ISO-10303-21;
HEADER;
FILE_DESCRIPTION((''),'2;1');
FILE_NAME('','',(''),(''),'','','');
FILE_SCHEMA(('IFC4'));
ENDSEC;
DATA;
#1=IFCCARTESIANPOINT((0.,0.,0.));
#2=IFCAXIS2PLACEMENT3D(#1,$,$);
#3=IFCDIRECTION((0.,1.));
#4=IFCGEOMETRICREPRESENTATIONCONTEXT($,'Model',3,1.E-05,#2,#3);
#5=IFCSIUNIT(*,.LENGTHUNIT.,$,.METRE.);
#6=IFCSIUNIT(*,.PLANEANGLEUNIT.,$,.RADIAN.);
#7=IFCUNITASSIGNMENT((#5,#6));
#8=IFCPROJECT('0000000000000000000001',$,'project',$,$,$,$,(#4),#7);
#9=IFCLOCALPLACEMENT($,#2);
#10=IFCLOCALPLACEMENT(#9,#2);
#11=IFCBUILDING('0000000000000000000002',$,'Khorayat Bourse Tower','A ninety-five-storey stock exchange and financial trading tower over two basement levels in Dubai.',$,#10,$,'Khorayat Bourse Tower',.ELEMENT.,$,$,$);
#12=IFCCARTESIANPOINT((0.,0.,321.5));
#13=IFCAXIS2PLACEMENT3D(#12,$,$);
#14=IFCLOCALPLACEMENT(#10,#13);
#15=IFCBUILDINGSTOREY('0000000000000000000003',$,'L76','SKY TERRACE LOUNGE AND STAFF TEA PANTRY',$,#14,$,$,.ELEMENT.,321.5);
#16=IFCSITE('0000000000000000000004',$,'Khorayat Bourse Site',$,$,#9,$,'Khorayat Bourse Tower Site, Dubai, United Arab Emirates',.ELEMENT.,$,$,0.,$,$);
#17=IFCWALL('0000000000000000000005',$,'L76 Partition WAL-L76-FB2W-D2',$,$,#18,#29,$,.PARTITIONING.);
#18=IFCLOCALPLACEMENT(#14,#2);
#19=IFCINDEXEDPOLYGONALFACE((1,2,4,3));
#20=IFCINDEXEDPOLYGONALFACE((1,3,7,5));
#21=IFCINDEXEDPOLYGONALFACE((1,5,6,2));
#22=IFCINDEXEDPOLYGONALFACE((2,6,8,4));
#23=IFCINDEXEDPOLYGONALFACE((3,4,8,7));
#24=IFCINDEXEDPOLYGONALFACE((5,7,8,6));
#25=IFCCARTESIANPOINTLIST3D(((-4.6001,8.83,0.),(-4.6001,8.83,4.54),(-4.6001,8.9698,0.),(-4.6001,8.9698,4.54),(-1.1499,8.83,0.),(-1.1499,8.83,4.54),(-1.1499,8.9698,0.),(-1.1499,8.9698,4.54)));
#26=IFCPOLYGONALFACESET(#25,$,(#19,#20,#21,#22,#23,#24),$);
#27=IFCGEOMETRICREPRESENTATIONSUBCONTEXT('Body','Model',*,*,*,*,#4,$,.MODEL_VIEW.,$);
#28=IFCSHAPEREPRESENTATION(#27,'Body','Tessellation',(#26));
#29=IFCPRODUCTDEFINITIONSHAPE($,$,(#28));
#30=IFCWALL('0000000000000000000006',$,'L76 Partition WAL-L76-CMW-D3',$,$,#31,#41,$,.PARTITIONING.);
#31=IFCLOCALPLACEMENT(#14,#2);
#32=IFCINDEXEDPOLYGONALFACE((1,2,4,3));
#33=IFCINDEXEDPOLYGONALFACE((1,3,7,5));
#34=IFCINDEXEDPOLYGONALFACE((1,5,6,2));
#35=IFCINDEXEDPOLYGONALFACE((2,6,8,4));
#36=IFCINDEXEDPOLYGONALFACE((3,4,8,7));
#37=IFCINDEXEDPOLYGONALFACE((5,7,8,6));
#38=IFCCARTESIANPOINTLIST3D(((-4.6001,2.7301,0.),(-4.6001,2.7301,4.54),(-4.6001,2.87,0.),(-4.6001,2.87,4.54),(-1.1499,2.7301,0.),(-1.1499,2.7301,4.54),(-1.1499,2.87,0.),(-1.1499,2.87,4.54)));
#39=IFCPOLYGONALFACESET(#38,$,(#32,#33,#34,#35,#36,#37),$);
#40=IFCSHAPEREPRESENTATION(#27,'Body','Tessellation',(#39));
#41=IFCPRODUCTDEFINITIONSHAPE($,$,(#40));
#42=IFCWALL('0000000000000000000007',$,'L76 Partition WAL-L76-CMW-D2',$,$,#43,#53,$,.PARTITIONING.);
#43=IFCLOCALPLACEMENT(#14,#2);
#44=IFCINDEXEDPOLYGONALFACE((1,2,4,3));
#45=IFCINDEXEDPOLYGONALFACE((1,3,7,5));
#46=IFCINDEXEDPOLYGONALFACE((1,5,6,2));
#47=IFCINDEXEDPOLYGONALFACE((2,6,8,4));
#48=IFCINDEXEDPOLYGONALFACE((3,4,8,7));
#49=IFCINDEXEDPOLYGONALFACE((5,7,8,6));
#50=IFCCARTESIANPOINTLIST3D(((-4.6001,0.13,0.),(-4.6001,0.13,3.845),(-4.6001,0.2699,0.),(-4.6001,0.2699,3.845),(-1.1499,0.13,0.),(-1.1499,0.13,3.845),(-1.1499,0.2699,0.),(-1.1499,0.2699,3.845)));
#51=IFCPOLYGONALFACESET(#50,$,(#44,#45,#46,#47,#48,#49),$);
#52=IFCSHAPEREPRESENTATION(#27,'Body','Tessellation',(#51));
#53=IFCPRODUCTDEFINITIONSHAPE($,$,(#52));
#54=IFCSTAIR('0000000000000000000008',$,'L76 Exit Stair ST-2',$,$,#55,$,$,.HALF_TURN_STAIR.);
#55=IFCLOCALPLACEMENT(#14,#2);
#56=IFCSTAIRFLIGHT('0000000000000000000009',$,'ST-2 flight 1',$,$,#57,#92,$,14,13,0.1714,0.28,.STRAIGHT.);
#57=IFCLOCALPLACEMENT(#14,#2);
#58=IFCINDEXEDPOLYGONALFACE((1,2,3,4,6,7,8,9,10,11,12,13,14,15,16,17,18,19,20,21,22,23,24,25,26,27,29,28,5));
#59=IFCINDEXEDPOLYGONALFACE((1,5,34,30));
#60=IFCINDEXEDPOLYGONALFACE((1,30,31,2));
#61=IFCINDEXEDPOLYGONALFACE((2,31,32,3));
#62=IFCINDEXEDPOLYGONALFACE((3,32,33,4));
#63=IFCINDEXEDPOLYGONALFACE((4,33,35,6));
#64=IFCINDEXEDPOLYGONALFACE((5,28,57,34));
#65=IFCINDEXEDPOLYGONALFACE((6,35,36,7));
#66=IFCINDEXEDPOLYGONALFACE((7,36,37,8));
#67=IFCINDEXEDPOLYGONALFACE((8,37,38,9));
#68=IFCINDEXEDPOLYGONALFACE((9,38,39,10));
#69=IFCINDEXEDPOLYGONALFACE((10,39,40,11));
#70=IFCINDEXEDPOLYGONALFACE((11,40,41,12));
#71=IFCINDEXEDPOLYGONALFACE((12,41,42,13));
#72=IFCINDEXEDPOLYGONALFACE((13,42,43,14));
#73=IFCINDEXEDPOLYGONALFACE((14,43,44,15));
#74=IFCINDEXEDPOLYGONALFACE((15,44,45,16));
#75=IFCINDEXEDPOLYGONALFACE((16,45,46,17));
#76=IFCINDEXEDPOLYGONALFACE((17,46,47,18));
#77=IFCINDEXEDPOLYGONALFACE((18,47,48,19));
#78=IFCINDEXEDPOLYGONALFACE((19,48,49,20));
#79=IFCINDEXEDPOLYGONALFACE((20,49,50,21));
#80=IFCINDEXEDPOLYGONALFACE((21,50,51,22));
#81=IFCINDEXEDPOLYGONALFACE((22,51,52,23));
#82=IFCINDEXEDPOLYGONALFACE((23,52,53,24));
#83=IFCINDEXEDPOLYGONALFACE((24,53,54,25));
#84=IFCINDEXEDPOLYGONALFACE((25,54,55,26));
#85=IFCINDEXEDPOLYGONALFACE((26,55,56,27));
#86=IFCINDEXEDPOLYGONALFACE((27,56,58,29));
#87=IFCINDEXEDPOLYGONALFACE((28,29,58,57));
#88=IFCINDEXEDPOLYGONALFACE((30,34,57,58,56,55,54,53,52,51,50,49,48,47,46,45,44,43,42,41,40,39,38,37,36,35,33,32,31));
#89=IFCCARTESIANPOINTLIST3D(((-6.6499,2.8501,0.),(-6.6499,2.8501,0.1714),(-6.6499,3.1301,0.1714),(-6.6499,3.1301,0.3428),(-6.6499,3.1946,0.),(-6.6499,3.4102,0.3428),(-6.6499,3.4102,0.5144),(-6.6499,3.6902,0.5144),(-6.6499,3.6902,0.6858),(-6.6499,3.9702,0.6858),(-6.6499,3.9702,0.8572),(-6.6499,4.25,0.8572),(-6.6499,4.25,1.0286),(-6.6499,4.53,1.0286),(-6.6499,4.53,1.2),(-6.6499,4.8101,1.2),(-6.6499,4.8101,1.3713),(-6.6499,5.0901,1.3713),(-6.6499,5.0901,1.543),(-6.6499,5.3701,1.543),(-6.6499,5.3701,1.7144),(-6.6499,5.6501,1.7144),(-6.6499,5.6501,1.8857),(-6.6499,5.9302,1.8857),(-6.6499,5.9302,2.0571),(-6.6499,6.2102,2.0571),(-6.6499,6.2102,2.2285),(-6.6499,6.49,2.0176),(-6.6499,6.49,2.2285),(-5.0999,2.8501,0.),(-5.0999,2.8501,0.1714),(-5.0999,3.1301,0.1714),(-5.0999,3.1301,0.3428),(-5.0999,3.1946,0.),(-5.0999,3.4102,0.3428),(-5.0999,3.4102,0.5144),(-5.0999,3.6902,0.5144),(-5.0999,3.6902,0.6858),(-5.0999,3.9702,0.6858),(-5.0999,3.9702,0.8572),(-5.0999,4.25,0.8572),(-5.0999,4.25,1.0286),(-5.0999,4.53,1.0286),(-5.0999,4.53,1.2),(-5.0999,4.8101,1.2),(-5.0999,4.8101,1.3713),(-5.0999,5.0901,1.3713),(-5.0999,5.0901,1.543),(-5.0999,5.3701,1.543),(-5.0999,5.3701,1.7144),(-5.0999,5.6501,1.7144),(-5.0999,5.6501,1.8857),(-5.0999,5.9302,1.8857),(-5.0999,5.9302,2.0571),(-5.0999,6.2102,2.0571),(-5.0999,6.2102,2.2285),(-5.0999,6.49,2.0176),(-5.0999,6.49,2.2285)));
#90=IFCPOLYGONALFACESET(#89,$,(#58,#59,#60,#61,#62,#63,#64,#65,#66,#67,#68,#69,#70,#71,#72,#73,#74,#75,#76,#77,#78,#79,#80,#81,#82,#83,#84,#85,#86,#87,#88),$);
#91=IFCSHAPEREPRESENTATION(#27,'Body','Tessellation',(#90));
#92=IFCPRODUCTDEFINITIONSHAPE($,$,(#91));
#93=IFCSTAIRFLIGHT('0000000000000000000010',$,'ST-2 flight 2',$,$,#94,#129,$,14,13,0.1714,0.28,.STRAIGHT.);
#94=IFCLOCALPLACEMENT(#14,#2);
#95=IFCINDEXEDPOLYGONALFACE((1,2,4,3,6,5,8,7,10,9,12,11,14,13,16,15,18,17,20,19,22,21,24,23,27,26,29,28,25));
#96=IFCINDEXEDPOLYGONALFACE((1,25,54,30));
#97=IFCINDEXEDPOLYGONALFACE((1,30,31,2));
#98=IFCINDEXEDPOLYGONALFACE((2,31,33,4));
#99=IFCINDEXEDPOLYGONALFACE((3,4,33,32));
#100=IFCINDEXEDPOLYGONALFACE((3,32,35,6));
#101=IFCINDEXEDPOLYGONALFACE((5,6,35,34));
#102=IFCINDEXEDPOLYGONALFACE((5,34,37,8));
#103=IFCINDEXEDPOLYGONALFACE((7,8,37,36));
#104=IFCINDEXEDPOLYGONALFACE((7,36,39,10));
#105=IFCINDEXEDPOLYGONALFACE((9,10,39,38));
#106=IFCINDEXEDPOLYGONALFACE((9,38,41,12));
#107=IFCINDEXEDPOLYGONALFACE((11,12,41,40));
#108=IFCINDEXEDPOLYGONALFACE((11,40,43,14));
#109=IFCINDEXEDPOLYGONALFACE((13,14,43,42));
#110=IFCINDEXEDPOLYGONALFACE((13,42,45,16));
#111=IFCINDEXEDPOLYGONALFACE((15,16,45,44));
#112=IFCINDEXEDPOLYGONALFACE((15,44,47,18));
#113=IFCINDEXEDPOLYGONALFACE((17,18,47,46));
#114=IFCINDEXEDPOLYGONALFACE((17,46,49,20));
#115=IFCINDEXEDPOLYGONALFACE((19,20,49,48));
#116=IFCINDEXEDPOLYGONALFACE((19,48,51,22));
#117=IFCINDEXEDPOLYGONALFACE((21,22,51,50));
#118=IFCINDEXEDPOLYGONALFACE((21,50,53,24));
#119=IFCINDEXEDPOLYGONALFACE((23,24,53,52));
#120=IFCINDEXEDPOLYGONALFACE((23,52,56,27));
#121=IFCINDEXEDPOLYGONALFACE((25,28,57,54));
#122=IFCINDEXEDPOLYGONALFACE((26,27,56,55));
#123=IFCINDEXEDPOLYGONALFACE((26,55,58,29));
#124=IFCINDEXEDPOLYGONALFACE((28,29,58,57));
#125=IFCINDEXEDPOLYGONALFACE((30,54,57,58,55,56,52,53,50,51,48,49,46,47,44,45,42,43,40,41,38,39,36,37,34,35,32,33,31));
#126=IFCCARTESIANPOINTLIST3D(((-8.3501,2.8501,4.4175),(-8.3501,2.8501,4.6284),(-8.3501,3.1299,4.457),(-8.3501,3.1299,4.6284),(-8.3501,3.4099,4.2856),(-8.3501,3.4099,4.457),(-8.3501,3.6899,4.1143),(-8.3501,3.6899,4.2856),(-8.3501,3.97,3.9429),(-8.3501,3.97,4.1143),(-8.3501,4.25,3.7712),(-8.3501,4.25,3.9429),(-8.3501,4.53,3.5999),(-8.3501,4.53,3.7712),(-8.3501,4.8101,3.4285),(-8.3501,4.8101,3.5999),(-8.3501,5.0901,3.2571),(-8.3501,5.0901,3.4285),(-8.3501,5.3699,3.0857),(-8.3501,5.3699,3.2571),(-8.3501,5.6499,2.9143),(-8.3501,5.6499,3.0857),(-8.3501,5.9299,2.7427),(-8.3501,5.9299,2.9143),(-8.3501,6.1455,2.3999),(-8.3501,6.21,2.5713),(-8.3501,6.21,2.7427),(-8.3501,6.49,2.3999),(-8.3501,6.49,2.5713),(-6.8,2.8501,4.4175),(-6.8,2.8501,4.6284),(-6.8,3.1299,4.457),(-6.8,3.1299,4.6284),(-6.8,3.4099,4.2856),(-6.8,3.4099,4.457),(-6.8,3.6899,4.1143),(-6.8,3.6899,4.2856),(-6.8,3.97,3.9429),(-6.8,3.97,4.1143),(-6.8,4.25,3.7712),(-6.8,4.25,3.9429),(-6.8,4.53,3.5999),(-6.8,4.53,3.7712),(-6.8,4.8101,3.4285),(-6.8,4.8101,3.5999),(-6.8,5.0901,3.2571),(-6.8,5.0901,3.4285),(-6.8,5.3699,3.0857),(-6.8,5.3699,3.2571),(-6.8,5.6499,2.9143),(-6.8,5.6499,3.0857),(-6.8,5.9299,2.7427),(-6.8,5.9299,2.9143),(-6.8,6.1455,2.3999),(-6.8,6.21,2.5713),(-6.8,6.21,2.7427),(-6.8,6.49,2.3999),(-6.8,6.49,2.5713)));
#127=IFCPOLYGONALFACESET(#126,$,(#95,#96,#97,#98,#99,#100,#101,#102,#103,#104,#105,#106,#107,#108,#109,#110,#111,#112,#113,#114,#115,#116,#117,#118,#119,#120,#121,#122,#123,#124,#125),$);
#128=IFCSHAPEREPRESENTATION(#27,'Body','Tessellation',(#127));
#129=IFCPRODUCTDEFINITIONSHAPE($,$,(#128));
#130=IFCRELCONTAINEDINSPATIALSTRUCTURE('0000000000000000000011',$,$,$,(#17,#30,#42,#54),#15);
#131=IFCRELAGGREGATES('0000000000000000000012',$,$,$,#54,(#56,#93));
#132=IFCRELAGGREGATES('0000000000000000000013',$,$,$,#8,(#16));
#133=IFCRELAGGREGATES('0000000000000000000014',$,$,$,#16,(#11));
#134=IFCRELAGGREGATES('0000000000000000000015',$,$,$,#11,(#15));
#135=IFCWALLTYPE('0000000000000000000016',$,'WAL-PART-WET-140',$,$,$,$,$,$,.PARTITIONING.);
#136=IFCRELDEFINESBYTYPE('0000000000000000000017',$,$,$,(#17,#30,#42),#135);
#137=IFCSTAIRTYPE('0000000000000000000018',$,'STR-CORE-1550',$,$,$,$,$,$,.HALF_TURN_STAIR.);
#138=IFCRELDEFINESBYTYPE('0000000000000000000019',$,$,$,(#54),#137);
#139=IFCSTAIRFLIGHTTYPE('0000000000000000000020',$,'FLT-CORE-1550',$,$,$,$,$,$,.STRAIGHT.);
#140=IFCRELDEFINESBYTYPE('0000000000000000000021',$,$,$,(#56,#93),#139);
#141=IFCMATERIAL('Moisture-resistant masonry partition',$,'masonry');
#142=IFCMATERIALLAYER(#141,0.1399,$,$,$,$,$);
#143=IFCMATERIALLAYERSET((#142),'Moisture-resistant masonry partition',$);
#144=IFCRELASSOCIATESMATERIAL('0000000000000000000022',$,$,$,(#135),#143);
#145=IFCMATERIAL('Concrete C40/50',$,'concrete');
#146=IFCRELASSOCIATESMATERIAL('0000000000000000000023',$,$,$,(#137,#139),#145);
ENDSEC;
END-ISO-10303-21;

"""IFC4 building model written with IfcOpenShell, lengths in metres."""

from ifc_helpers import new_model, si_unit, direction, frame, frame_2d, origin, place, context, subcontext, project, spatial, polyline, rectangle, outline, extrude, source, transform, mapped, material, layer, layer_set, type_object, element, aggregate, save


model = new_model("IFC4")

# Units and contexts
model_context = context("Model", 3, precision=1e-05, world=origin(), true_north=direction((0.0, 1.0)))
body_context = subcontext(model_context, "Body", "Model", "MODEL_VIEW")
ifc_project = project(units=[si_unit("LENGTHUNIT", "METRE"), si_unit("PLANEANGLEUNIT", "RADIAN")], contexts=[model_context])

# Site, building, storey
site_placement = place(None, origin())
site = spatial("IfcSite", under=ifc_project, at=site_placement, Name="Khorayat Bourse Site", LongName="Khorayat Bourse Tower Site, Dubai, United Arab Emirates", CompositionType="ELEMENT", RefElevation=0.0)
building_placement = place(site_placement, origin())
building = spatial("IfcBuilding", under=site, at=building_placement, Name="Khorayat Bourse Tower", Description="A ninety-five-storey stock exchange and financial trading tower over two basement levels in Dubai.", LongName="Khorayat Bourse Tower", CompositionType="ELEMENT")
storey_placement = place(building_placement, frame((0.0, 0.0, 321.5)))
storey = spatial("IfcBuildingStorey", under=building, at=storey_placement, Name="L76", Description="SKY TERRACE LOUNGE AND STAFF TEA PANTRY", CompositionType="ELEMENT", Elevation=321.5)

# Walls
ifc_material_1 = material(Name="Moisture-resistant masonry partition", Category="masonry")
ifc_layer_1 = layer(ifc_material_1, 0.1399)
ifc_layer_set_1 = layer_set([ifc_layer_1], Name="Moisture-resistant masonry partition")
wall_type_1 = type_object("IfcWallType", Name="WAL-PART-WET-140", PredefinedType="PARTITIONING", material=ifc_layer_set_1)
shared_shape_1 = source(origin(), body_context, "Body", "SweptSolid", [
    extrude(rectangle(XDim=3.4502, YDim=0.1399, at=frame_2d((1.7251, 0.0))), origin(), (0.0, 0.0, 1.0), 4.54),
])
for number, where, z_axis, x_axis, name in (
    (1, (-4.6001, 8.8999, 0.0), (0.0, 0.0, 1.0), (1.0, 0.0, 0.0), "L76 Partition WAL-L76-FB2W-D2"),
    (2, (-4.6001, 2.8, 0.0), (0.0, 0.0, 1.0), (1.0, 0.0, 0.0), "L76 Partition WAL-L76-CMW-D3"),
):
    element("IfcWall", number, at=place(storey_placement, frame(where, z_axis=z_axis, x_axis=x_axis)), inside=storey, type_object=wall_type_1, Name=name, PredefinedType="PARTITIONING", context=body_context, shape_type="MappedRepresentation", body=[
        mapped(shared_shape_1, transform((0.0, 0.0, 0.0), scale=1.0)),
    ])

# Wall
shared_shape_2 = source(origin(), body_context, "Body", "SweptSolid", [
    extrude(rectangle(XDim=3.4502, YDim=0.1399, at=frame_2d((1.7251, 0.0))), origin(), (0.0, 0.0, 1.0), 3.845),
])
wall_1_placement = place(storey_placement, frame((-4.6001, 0.2, 0.0), z_axis=(0.0, 0.0, 1.0), x_axis=(1.0, 0.0, 0.0)))
element("IfcWall", 3, at=wall_1_placement, inside=storey, type_object=wall_type_1, Name="L76 Partition WAL-L76-CMW-D2", PredefinedType="PARTITIONING", context=body_context, shape_type="MappedRepresentation", body=[
    mapped(shared_shape_2, transform((0.0, 0.0, 0.0), scale=1.0)),
])

# Stair, stair flights
ifc_material_2 = material(Name="Concrete C40/50", Category="concrete")
stair_type = type_object("IfcStairType", Name="STR-CORE-1550", PredefinedType="HALF_TURN_STAIR", material=ifc_material_2)
stair_placement = place(storey_placement, origin())
stair = element("IfcStair", 4, at=stair_placement, inside=storey, type_object=stair_type, Name="L76 Exit Stair ST-2", PredefinedType="HALF_TURN_STAIR")
stair_flight_type = type_object("IfcStairFlightType", Name="FLT-CORE-1550", PredefinedType="STRAIGHT", material=ifc_material_2)
shared_shape_3 = source(origin(), body_context, "Body", "SweptSolid", [
    extrude(outline(polyline([(0.0, 0.0), (0.0, 0.1714), (0.28, 0.1714), (0.28, 0.3428), (0.5601, 0.3428), (0.5601, 0.5144), (0.8401, 0.5144), (0.8401, 0.6858), (1.1201, 0.6858), (1.1201, 0.8572), (1.3999, 0.8572), (1.3999, 1.0286), (1.6799, 1.0286), (1.6799, 1.2), (1.96, 1.2), (1.96, 1.3713), (2.24, 1.3713), (2.24, 1.543), (2.52, 1.543), (2.52, 1.7144), (2.8, 1.7144), (2.8, 1.8857), (3.0801, 1.8857), (3.0801, 2.0571), (3.3601, 2.0571), (3.3601, 2.2285), (3.6399, 2.2285), (3.6399, 2.3999), (3.6399, 2.0176), (0.3445, 0.0), (0.0, 0.0)])), frame((0.0, 0.7749, 0.0), z_axis=(0.0, -1.0, 0.0), x_axis=(1.0, 0.0, 0.0)), (0.0, 0.0, 1.0), 1.55),
])
stair_flight_1_placement = place(storey_placement, frame((-5.875, 2.8501, 0.0), z_axis=(0.0, 0.0, 1.0), x_axis=(0.0, 1.0, 0.0)))
stair_flight_1 = element("IfcStairFlight", 5, at=stair_flight_1_placement, type_object=stair_flight_type, Name="ST-2 flight 1", NumberOfRisers=14, NumberOfTreads=13, PredefinedType="STRAIGHT", RiserHeight=0.1714, TreadLength=0.28, context=body_context, shape_type="MappedRepresentation", body=[
    mapped(shared_shape_3, transform((0.0, 0.0, 0.0), scale=1.0)),
])
stair_flight_2_placement = place(storey_placement, frame((-7.575, 6.49, 2.3999), z_axis=(0.0, 0.0, 1.0), x_axis=(0.0, -1.0, 0.0)))
stair_flight_2 = element("IfcStairFlight", 6, at=stair_flight_2_placement, type_object=stair_flight_type, Name="ST-2 flight 2", NumberOfRisers=14, NumberOfTreads=13, PredefinedType="STRAIGHT", RiserHeight=0.1714, TreadLength=0.28, context=body_context, shape_type="MappedRepresentation", body=[
    mapped(shared_shape_3, transform((0.0, 0.0, 0.0), scale=1.0)),
])
aggregate(stair, [stair_flight_1, stair_flight_2])

save(model, "model.ifc")
